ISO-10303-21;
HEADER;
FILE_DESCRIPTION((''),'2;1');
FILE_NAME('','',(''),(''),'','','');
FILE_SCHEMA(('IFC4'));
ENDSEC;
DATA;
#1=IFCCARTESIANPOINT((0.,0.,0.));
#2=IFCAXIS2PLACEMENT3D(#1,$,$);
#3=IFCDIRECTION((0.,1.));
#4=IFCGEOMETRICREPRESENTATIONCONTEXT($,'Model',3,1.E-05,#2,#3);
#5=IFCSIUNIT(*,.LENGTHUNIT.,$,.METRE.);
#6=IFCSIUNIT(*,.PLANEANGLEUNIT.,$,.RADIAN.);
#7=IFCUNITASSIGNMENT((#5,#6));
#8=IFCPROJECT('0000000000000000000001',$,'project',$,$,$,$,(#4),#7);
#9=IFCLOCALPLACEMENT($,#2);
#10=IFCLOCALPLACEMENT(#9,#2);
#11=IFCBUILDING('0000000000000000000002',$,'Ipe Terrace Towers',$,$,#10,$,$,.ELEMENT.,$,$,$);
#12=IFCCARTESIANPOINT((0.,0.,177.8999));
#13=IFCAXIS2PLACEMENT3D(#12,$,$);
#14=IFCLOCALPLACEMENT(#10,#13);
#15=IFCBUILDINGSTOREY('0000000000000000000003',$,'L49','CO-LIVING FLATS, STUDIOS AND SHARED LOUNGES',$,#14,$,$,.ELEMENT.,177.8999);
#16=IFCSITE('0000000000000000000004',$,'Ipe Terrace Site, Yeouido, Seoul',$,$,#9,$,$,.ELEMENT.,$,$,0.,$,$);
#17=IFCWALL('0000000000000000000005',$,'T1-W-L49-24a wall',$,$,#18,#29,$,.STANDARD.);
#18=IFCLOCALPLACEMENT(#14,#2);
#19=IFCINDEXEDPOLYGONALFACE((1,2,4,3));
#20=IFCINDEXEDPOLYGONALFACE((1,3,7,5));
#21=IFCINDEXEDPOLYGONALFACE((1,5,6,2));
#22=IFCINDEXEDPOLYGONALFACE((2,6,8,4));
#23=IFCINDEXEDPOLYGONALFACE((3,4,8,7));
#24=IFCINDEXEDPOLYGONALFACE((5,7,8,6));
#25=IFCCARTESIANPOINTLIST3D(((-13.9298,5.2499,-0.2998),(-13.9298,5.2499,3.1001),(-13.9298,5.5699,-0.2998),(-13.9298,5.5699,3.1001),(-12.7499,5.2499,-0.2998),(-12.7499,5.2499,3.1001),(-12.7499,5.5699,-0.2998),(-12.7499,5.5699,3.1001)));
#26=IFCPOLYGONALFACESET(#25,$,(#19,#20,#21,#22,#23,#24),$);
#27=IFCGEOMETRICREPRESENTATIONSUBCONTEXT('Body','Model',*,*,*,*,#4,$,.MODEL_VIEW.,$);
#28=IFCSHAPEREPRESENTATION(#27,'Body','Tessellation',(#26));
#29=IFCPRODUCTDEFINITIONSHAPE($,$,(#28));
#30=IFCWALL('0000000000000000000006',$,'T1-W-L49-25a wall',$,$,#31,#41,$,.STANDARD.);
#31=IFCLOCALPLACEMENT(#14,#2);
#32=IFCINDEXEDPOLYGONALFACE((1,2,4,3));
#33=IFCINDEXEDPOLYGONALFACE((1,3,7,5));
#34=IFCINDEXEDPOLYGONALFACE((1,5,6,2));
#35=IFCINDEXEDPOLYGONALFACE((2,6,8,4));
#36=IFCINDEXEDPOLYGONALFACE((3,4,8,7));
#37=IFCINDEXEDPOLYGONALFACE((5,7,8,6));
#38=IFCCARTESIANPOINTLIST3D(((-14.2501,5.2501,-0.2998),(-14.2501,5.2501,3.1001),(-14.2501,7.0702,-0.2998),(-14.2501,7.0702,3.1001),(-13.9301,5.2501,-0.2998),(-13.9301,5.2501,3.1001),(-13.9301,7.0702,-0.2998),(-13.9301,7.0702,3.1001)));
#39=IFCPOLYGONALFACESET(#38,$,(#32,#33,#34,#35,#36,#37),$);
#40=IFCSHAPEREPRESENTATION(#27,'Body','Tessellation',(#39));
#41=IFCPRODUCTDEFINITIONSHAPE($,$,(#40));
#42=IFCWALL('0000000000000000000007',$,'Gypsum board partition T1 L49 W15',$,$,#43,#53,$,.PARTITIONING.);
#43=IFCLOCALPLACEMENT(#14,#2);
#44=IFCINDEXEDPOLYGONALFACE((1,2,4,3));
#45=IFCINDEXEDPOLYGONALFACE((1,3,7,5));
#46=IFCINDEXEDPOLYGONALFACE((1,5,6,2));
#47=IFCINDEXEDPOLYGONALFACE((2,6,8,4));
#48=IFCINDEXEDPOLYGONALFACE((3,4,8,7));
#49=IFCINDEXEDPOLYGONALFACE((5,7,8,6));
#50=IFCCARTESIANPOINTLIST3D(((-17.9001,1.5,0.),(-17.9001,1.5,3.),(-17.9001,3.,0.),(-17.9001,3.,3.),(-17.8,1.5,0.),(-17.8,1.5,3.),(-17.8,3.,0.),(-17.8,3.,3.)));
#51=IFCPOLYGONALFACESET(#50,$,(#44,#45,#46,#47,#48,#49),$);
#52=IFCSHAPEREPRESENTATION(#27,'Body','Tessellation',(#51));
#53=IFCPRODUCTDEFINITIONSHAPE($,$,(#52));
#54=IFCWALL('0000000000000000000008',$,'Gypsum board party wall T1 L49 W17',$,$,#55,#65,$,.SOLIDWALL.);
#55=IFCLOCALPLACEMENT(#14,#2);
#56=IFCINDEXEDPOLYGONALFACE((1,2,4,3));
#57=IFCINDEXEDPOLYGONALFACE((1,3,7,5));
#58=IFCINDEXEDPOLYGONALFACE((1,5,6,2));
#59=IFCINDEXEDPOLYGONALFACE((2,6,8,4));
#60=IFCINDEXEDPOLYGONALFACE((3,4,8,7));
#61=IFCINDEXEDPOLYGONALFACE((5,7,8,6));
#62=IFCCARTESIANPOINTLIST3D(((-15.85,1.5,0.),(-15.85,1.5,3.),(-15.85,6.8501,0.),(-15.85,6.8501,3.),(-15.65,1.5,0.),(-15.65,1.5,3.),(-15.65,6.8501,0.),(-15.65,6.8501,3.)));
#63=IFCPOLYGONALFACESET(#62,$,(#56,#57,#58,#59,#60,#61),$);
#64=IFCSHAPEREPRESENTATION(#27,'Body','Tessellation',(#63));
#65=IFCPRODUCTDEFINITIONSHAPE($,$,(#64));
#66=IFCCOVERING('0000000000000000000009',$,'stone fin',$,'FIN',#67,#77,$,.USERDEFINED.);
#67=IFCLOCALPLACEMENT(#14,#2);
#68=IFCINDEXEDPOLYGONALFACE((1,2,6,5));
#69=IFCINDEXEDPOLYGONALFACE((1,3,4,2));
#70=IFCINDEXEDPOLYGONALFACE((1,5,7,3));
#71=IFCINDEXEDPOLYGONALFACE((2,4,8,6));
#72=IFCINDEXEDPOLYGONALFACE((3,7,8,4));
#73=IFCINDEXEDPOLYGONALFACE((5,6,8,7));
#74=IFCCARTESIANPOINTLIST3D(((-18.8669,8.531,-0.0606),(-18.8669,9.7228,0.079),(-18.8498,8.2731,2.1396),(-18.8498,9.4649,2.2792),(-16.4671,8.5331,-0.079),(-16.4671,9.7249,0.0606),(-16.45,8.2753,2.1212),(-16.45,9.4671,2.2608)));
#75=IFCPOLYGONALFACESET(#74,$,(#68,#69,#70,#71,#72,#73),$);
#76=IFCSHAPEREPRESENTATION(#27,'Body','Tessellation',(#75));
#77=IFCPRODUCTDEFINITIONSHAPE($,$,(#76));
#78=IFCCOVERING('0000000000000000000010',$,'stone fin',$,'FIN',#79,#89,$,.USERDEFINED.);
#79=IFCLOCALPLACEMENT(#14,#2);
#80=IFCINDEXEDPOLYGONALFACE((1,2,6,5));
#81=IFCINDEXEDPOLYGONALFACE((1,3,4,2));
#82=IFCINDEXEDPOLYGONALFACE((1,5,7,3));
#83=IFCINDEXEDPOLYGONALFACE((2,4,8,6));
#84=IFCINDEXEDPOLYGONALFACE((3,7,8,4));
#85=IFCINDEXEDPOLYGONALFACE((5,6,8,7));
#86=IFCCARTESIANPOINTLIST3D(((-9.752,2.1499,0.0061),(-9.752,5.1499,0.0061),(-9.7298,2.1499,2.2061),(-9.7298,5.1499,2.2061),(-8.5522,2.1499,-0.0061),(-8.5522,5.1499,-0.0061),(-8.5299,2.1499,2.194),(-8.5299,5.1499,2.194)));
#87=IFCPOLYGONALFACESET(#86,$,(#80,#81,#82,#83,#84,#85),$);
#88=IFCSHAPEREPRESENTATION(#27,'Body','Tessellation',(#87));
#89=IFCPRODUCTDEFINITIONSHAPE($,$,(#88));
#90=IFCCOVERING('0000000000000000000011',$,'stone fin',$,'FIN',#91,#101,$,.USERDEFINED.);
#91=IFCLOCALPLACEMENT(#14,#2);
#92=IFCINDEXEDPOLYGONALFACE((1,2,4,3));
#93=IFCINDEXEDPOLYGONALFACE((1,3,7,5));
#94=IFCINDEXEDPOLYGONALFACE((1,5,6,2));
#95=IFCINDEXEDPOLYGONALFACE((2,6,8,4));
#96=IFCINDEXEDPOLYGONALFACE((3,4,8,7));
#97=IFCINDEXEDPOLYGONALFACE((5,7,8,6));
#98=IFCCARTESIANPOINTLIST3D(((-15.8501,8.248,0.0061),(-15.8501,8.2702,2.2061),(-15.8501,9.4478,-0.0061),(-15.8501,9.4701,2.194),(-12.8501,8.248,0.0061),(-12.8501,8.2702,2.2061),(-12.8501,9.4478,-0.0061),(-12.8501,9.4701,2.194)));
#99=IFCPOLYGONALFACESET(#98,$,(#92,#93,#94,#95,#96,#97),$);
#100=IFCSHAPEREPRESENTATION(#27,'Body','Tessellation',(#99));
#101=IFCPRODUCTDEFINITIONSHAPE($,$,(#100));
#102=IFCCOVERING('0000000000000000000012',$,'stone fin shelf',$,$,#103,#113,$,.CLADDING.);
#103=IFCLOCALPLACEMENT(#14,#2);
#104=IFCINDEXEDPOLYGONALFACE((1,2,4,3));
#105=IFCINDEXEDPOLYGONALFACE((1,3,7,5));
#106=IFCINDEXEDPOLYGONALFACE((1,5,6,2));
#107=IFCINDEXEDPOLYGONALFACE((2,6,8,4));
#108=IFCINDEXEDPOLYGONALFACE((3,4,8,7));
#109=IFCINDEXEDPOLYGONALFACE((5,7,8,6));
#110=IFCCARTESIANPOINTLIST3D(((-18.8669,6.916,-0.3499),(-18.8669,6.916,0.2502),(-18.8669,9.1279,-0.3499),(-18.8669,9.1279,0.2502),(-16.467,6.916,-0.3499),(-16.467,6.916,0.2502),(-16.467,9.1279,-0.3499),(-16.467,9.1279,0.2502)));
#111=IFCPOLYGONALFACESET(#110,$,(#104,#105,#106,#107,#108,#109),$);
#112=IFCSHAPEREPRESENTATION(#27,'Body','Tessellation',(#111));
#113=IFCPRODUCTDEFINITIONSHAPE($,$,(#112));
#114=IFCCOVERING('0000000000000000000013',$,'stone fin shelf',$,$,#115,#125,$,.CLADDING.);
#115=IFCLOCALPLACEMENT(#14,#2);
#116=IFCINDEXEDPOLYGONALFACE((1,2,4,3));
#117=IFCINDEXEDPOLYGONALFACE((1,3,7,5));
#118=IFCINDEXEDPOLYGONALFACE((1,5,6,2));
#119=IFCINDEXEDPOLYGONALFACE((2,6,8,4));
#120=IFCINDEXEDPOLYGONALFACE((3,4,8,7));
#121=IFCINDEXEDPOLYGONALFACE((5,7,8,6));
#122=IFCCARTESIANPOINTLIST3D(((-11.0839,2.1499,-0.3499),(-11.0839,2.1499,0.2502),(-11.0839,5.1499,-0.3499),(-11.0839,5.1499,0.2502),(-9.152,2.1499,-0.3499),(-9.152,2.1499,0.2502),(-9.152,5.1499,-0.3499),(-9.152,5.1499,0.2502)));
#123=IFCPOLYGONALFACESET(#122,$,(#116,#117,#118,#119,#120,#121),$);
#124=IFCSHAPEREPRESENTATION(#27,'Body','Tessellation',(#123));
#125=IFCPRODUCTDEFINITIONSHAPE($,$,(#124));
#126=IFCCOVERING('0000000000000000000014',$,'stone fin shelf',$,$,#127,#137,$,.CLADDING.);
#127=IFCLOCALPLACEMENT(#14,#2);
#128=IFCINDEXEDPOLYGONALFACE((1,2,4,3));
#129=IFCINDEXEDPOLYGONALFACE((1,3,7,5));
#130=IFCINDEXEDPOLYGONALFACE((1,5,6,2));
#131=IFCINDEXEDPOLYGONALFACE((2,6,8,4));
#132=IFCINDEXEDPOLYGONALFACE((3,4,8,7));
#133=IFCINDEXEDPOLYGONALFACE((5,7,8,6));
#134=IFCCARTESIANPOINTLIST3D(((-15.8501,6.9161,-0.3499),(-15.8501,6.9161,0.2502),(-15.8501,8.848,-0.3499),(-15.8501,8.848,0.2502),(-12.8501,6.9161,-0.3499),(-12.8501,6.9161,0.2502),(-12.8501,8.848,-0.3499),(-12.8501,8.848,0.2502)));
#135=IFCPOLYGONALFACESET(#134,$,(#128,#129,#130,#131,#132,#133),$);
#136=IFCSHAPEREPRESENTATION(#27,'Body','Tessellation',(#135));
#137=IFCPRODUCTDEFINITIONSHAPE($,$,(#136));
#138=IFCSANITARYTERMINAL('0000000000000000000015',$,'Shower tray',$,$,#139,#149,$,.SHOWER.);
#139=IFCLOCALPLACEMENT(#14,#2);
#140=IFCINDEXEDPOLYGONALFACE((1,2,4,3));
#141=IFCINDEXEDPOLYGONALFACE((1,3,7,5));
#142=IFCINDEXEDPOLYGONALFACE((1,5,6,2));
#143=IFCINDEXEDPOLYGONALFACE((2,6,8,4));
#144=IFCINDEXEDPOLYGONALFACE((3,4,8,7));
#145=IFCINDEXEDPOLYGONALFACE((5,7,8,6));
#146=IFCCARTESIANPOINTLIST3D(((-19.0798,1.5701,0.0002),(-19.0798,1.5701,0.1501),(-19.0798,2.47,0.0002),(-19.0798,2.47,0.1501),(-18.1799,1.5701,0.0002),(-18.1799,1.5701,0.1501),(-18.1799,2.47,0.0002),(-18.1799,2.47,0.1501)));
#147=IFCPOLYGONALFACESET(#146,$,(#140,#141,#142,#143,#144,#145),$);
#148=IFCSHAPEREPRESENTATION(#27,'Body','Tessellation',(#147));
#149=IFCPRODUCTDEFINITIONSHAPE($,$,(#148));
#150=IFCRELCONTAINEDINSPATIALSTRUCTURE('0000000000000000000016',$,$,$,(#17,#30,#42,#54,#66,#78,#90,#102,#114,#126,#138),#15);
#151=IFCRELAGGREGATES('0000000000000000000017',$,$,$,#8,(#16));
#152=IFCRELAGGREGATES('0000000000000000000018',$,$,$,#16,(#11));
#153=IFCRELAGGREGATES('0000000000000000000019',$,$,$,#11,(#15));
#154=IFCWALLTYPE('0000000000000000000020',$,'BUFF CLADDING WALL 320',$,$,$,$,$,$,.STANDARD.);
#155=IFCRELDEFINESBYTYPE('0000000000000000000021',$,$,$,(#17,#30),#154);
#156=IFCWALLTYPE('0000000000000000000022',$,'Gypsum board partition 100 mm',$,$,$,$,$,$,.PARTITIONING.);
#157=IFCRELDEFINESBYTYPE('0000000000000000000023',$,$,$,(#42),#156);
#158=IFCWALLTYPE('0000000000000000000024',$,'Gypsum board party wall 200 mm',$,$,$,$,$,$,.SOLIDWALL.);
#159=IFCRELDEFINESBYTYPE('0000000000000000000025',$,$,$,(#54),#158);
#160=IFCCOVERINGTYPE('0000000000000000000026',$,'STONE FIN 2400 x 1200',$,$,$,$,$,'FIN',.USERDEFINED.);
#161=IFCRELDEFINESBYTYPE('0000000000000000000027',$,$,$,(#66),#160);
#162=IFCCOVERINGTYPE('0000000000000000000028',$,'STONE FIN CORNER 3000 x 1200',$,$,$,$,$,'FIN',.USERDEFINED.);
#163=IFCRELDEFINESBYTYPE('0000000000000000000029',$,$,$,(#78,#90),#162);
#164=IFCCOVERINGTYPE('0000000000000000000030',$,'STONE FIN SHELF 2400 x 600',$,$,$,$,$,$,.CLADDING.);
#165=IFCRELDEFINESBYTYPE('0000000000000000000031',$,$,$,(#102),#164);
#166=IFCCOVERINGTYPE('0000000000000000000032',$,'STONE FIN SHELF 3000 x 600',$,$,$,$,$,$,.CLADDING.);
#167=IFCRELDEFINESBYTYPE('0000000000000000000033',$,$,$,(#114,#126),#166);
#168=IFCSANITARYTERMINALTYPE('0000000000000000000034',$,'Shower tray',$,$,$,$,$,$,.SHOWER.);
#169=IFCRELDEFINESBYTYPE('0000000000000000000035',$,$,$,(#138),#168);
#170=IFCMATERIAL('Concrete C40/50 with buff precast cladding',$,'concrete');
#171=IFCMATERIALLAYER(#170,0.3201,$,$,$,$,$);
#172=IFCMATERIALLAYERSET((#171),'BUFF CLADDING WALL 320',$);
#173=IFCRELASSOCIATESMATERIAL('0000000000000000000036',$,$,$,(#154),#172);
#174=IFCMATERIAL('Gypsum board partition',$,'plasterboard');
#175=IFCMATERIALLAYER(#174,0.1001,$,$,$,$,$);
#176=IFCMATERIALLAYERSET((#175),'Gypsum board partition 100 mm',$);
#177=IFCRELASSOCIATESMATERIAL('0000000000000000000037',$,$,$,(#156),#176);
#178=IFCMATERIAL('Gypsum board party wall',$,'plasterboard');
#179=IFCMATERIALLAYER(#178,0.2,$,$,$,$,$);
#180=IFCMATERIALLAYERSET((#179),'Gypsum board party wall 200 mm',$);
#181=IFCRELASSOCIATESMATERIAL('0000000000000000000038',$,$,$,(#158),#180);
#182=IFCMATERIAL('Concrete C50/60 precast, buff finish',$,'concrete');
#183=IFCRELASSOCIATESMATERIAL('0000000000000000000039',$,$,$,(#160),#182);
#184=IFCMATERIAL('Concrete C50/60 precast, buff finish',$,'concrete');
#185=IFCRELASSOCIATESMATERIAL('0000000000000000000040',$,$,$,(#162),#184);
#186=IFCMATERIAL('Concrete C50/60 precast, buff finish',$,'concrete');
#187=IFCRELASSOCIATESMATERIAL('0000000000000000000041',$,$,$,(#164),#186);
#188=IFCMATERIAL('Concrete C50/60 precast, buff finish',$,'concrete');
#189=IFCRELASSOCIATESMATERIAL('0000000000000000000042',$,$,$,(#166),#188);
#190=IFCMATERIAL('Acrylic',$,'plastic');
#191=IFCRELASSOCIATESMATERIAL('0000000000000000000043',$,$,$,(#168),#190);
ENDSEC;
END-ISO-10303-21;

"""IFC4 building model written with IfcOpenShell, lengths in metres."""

from ifc_helpers import new_model, si_unit, direction, frame, frame_2d, origin, origin_2d, place, context, subcontext, project, spatial, rectangle, extrude, material, layer, layer_set, material_profile, profile_set, type_object, element, save


model = new_model("IFC4")

# Units and contexts
model_context = context("Model", 3, precision=1e-05, world=origin(), true_north=direction((0.0, 1.0)))
body_context = subcontext(model_context, "Body", "Model", "MODEL_VIEW")
ifc_project = project(units=[si_unit("LENGTHUNIT", "METRE"), si_unit("PLANEANGLEUNIT", "RADIAN")], contexts=[model_context])

# Site, building, storey
site_placement = place(None, origin())
site = spatial("IfcSite", under=ifc_project, at=site_placement, Name="Ipe Terrace Site, Yeouido, Seoul", CompositionType="ELEMENT", RefElevation=0.0)
building_placement = place(site_placement, origin())
building = spatial("IfcBuilding", under=site, at=building_placement, Name="Ipe Terrace Towers", CompositionType="ELEMENT")
storey_placement = place(building_placement, frame((0.0, 0.0, 177.8999)))
storey = spatial("IfcBuildingStorey", under=building, at=storey_placement, Name="L49", Description="CO-LIVING FLATS, STUDIOS AND SHARED LOUNGES", CompositionType="ELEMENT", Elevation=177.8999)

# Walls
ifc_material_1 = material(Name="Concrete C40/50 with buff precast cladding", Category="concrete")
ifc_layer_1 = layer(ifc_material_1, 0.3201)
ifc_layer_set_1 = layer_set([ifc_layer_1], Name="BUFF CLADDING WALL 320")
wall_type_1 = type_object("IfcWallType", Name="BUFF CLADDING WALL 320", PredefinedType="STANDARD", material=ifc_layer_set_1)
wall_1_placement = place(storey_placement, frame((-12.75, 5.4099, -0.2998), z_axis=(0.0, 0.0, 1.0), x_axis=(-1.0, 0.0, 0.0)))
element("IfcWall", 1, at=wall_1_placement, inside=storey, type_object=wall_type_1, Name="T1-W-L49-24a wall", PredefinedType="STANDARD", context=body_context, shape_type="SweptSolid", body=[
    extrude(rectangle(XDim=1.1799, YDim=0.3201, at=frame_2d((0.5898, 0.0))), origin(), (0.0, 0.0, 1.0), 3.3999),
])
wall_2_placement = place(storey_placement, frame((-14.0901, 5.25, -0.2998), z_axis=(0.0, 0.0, 1.0), x_axis=(0.0, 1.0, 0.0)))
element("IfcWall", 2, at=wall_2_placement, inside=storey, type_object=wall_type_1, Name="T1-W-L49-25a wall", PredefinedType="STANDARD", context=body_context, shape_type="SweptSolid", body=[
    extrude(rectangle(XDim=1.8201, YDim=0.3201, at=frame_2d((0.9102, 0.0))), origin(), (0.0, 0.0, 1.0), 3.3999),
])
ifc_material_2 = material(Name="Gypsum board partition", Category="plasterboard")
ifc_layer_2 = layer(ifc_material_2, 0.1001)
ifc_layer_set_2 = layer_set([ifc_layer_2], Name="Gypsum board partition 100 mm")
wall_type_2 = type_object("IfcWallType", Name="Gypsum board partition 100 mm", PredefinedType="PARTITIONING", material=ifc_layer_set_2)
wall_3_placement = place(storey_placement, frame((-17.8501, 1.5, 0.0), z_axis=(0.0, 0.0, 1.0), x_axis=(0.0, 1.0, 0.0)))
element("IfcWall", 3, at=wall_3_placement, inside=storey, type_object=wall_type_2, Name="Gypsum board partition T1 L49 W15", PredefinedType="PARTITIONING", context=body_context, shape_type="SweptSolid", body=[
    extrude(rectangle(XDim=1.5, YDim=0.1001, at=frame_2d((0.75, 0.0))), origin(), (0.0, 0.0, 1.0), 3.0),
])
ifc_material_3 = material(Name="Gypsum board party wall", Category="plasterboard")
ifc_layer_3 = layer(ifc_material_3, 0.2)
ifc_layer_set_3 = layer_set([ifc_layer_3], Name="Gypsum board party wall 200 mm")
wall_type_3 = type_object("IfcWallType", Name="Gypsum board party wall 200 mm", PredefinedType="SOLIDWALL", material=ifc_layer_set_3)
wall_4_placement = place(storey_placement, frame((-15.75, 1.5, 0.0), z_axis=(0.0, 0.0, 1.0), x_axis=(0.0, 1.0, 0.0)))
element("IfcWall", 4, at=wall_4_placement, inside=storey, type_object=wall_type_3, Name="Gypsum board party wall T1 L49 W17", PredefinedType="SOLIDWALL", context=body_context, shape_type="SweptSolid", body=[
    extrude(rectangle(XDim=5.3501, YDim=0.2, at=frame_2d((2.675, 0.0))), origin(), (0.0, 0.0, 1.0), 3.0),
])

# Coverings
ifc_material_4 = material(Name="Concrete C50/60 precast, buff finish", Category="concrete")
ifc_material_profile_1 = material_profile(ifc_material_4, rectangle(XDim=2.3999, YDim=1.2, at=origin_2d()), Name="STONE FIN 2400 x 1200")
ifc_profile_set_1 = profile_set([ifc_material_profile_1], Name="Concrete C50/60 precast, buff finish")
covering_type_1 = type_object("IfcCoveringType", Name="STONE FIN 2400 x 1200", ElementType="FIN", PredefinedType="USERDEFINED", material=ifc_profile_set_1)
covering_1_placement = place(storey_placement, frame((-17.667, 9.1279, 0.0), z_axis=(0.007714, -0.116377, 0.993175), x_axis=(-0.99997, -0.000898, 0.007662)))
element("IfcCovering", 5, at=covering_1_placement, inside=storey, type_object=covering_type_1, Name="stone fin", ObjectType="FIN", PredefinedType="USERDEFINED", context=body_context, shape_type="SweptSolid", body=[
    extrude(rectangle(XDim=2.3999, YDim=1.2, at=origin_2d()), origin(), (0.0, 0.0, 1.0), 2.2153),
])
ifc_material_5 = material(Name="Concrete C50/60 precast, buff finish", Category="concrete")
ifc_material_profile_2 = material_profile(ifc_material_5, rectangle(XDim=3.0, YDim=1.2, at=origin_2d()), Name="STONE FIN CORNER 3000 x 1200")
ifc_profile_set_2 = profile_set([ifc_material_profile_2], Name="Concrete C50/60 precast, buff finish")
covering_type_2 = type_object("IfcCoveringType", Name="STONE FIN CORNER 3000 x 1200", ElementType="FIN", PredefinedType="USERDEFINED", material=ifc_profile_set_2)
for number, where, z_axis, x_axis, name in (
    (6, (-9.1521, 3.6499, 0.0), (0.010097, 0.0, 0.999949), (0.0, 1.0, 0.0), "stone fin"),
    (7, (-14.3501, 8.8479, 0.0), (0.0, 0.010097, 0.999949), (-1.0, 0.0, 0.0), "stone fin"),
):
    element("IfcCovering", number, at=place(storey_placement, frame(where, z_axis=z_axis, x_axis=x_axis)), inside=storey, type_object=covering_type_2, Name=name, ObjectType="FIN", PredefinedType="USERDEFINED", context=body_context, shape_type="SweptSolid", body=[
        extrude(rectangle(XDim=3.0, YDim=1.2, at=origin_2d()), origin(), (0.0, 0.0, 1.0), 2.2002),
    ])
ifc_material_6 = material(Name="Concrete C50/60 precast, buff finish", Category="concrete")
covering_type_3 = type_object("IfcCoveringType", Name="STONE FIN SHELF 2400 x 600", PredefinedType="CLADDING", material=ifc_material_6)
covering_2_placement = place(storey_placement, frame((-17.667, 8.022, -0.3499), z_axis=(0.0, 0.0, 1.0), x_axis=(-1.0, 0.0, 0.0)))
element("IfcCovering", 8, at=covering_2_placement, inside=storey, type_object=covering_type_3, Name="stone fin shelf", PredefinedType="CLADDING", context=body_context, shape_type="SweptSolid", body=[
    extrude(rectangle(XDim=2.3999, YDim=2.2119, at=origin_2d()), origin(), (0.0, 0.0, 1.0), 0.6001),
])
ifc_material_7 = material(Name="Concrete C50/60 precast, buff finish", Category="concrete")
covering_type_4 = type_object("IfcCoveringType", Name="STONE FIN SHELF 3000 x 600", PredefinedType="CLADDING", material=ifc_material_7)
for number, where, z_axis, x_axis, name in (
    (9, (-10.1179, 3.6499, -0.3499), (0.0, 0.0, 1.0), (0.0, 1.0, 0.0), "stone fin shelf"),
    (10, (-14.3501, 7.8821, -0.3499), (0.0, 0.0, 1.0), (-1.0, 0.0, 0.0), "stone fin shelf"),
):
    element("IfcCovering", number, at=place(storey_placement, frame(where, z_axis=z_axis, x_axis=x_axis)), inside=storey, type_object=covering_type_4, Name=name, PredefinedType="CLADDING", context=body_context, shape_type="SweptSolid", body=[
        extrude(rectangle(XDim=3.0, YDim=1.9319, at=origin_2d()), origin(), (0.0, 0.0, 1.0), 0.6001),
    ])

# Sanitary terminal
ifc_material_8 = material(Name="Acrylic", Category="plastic")
sanitary_terminal_type = type_object("IfcSanitaryTerminalType", Name="Shower tray", PredefinedType="SHOWER", material=ifc_material_8)
sanitary_terminal_placement = place(storey_placement, frame((-18.6299, 2.02, 0.0002), z_axis=(0.0, 0.0, 1.0), x_axis=(0.0, 1.0, 0.0)))
element("IfcSanitaryTerminal", 11, at=sanitary_terminal_placement, inside=storey, type_object=sanitary_terminal_type, Name="Shower tray", PredefinedType="SHOWER", context=body_context, shape_type="SweptSolid", body=[
    extrude(rectangle(XDim=0.8999, YDim=0.8999, at=origin_2d()), origin(), (0.0, 0.0, 1.0), 0.1499),
])

save(model, "model.ifc")
